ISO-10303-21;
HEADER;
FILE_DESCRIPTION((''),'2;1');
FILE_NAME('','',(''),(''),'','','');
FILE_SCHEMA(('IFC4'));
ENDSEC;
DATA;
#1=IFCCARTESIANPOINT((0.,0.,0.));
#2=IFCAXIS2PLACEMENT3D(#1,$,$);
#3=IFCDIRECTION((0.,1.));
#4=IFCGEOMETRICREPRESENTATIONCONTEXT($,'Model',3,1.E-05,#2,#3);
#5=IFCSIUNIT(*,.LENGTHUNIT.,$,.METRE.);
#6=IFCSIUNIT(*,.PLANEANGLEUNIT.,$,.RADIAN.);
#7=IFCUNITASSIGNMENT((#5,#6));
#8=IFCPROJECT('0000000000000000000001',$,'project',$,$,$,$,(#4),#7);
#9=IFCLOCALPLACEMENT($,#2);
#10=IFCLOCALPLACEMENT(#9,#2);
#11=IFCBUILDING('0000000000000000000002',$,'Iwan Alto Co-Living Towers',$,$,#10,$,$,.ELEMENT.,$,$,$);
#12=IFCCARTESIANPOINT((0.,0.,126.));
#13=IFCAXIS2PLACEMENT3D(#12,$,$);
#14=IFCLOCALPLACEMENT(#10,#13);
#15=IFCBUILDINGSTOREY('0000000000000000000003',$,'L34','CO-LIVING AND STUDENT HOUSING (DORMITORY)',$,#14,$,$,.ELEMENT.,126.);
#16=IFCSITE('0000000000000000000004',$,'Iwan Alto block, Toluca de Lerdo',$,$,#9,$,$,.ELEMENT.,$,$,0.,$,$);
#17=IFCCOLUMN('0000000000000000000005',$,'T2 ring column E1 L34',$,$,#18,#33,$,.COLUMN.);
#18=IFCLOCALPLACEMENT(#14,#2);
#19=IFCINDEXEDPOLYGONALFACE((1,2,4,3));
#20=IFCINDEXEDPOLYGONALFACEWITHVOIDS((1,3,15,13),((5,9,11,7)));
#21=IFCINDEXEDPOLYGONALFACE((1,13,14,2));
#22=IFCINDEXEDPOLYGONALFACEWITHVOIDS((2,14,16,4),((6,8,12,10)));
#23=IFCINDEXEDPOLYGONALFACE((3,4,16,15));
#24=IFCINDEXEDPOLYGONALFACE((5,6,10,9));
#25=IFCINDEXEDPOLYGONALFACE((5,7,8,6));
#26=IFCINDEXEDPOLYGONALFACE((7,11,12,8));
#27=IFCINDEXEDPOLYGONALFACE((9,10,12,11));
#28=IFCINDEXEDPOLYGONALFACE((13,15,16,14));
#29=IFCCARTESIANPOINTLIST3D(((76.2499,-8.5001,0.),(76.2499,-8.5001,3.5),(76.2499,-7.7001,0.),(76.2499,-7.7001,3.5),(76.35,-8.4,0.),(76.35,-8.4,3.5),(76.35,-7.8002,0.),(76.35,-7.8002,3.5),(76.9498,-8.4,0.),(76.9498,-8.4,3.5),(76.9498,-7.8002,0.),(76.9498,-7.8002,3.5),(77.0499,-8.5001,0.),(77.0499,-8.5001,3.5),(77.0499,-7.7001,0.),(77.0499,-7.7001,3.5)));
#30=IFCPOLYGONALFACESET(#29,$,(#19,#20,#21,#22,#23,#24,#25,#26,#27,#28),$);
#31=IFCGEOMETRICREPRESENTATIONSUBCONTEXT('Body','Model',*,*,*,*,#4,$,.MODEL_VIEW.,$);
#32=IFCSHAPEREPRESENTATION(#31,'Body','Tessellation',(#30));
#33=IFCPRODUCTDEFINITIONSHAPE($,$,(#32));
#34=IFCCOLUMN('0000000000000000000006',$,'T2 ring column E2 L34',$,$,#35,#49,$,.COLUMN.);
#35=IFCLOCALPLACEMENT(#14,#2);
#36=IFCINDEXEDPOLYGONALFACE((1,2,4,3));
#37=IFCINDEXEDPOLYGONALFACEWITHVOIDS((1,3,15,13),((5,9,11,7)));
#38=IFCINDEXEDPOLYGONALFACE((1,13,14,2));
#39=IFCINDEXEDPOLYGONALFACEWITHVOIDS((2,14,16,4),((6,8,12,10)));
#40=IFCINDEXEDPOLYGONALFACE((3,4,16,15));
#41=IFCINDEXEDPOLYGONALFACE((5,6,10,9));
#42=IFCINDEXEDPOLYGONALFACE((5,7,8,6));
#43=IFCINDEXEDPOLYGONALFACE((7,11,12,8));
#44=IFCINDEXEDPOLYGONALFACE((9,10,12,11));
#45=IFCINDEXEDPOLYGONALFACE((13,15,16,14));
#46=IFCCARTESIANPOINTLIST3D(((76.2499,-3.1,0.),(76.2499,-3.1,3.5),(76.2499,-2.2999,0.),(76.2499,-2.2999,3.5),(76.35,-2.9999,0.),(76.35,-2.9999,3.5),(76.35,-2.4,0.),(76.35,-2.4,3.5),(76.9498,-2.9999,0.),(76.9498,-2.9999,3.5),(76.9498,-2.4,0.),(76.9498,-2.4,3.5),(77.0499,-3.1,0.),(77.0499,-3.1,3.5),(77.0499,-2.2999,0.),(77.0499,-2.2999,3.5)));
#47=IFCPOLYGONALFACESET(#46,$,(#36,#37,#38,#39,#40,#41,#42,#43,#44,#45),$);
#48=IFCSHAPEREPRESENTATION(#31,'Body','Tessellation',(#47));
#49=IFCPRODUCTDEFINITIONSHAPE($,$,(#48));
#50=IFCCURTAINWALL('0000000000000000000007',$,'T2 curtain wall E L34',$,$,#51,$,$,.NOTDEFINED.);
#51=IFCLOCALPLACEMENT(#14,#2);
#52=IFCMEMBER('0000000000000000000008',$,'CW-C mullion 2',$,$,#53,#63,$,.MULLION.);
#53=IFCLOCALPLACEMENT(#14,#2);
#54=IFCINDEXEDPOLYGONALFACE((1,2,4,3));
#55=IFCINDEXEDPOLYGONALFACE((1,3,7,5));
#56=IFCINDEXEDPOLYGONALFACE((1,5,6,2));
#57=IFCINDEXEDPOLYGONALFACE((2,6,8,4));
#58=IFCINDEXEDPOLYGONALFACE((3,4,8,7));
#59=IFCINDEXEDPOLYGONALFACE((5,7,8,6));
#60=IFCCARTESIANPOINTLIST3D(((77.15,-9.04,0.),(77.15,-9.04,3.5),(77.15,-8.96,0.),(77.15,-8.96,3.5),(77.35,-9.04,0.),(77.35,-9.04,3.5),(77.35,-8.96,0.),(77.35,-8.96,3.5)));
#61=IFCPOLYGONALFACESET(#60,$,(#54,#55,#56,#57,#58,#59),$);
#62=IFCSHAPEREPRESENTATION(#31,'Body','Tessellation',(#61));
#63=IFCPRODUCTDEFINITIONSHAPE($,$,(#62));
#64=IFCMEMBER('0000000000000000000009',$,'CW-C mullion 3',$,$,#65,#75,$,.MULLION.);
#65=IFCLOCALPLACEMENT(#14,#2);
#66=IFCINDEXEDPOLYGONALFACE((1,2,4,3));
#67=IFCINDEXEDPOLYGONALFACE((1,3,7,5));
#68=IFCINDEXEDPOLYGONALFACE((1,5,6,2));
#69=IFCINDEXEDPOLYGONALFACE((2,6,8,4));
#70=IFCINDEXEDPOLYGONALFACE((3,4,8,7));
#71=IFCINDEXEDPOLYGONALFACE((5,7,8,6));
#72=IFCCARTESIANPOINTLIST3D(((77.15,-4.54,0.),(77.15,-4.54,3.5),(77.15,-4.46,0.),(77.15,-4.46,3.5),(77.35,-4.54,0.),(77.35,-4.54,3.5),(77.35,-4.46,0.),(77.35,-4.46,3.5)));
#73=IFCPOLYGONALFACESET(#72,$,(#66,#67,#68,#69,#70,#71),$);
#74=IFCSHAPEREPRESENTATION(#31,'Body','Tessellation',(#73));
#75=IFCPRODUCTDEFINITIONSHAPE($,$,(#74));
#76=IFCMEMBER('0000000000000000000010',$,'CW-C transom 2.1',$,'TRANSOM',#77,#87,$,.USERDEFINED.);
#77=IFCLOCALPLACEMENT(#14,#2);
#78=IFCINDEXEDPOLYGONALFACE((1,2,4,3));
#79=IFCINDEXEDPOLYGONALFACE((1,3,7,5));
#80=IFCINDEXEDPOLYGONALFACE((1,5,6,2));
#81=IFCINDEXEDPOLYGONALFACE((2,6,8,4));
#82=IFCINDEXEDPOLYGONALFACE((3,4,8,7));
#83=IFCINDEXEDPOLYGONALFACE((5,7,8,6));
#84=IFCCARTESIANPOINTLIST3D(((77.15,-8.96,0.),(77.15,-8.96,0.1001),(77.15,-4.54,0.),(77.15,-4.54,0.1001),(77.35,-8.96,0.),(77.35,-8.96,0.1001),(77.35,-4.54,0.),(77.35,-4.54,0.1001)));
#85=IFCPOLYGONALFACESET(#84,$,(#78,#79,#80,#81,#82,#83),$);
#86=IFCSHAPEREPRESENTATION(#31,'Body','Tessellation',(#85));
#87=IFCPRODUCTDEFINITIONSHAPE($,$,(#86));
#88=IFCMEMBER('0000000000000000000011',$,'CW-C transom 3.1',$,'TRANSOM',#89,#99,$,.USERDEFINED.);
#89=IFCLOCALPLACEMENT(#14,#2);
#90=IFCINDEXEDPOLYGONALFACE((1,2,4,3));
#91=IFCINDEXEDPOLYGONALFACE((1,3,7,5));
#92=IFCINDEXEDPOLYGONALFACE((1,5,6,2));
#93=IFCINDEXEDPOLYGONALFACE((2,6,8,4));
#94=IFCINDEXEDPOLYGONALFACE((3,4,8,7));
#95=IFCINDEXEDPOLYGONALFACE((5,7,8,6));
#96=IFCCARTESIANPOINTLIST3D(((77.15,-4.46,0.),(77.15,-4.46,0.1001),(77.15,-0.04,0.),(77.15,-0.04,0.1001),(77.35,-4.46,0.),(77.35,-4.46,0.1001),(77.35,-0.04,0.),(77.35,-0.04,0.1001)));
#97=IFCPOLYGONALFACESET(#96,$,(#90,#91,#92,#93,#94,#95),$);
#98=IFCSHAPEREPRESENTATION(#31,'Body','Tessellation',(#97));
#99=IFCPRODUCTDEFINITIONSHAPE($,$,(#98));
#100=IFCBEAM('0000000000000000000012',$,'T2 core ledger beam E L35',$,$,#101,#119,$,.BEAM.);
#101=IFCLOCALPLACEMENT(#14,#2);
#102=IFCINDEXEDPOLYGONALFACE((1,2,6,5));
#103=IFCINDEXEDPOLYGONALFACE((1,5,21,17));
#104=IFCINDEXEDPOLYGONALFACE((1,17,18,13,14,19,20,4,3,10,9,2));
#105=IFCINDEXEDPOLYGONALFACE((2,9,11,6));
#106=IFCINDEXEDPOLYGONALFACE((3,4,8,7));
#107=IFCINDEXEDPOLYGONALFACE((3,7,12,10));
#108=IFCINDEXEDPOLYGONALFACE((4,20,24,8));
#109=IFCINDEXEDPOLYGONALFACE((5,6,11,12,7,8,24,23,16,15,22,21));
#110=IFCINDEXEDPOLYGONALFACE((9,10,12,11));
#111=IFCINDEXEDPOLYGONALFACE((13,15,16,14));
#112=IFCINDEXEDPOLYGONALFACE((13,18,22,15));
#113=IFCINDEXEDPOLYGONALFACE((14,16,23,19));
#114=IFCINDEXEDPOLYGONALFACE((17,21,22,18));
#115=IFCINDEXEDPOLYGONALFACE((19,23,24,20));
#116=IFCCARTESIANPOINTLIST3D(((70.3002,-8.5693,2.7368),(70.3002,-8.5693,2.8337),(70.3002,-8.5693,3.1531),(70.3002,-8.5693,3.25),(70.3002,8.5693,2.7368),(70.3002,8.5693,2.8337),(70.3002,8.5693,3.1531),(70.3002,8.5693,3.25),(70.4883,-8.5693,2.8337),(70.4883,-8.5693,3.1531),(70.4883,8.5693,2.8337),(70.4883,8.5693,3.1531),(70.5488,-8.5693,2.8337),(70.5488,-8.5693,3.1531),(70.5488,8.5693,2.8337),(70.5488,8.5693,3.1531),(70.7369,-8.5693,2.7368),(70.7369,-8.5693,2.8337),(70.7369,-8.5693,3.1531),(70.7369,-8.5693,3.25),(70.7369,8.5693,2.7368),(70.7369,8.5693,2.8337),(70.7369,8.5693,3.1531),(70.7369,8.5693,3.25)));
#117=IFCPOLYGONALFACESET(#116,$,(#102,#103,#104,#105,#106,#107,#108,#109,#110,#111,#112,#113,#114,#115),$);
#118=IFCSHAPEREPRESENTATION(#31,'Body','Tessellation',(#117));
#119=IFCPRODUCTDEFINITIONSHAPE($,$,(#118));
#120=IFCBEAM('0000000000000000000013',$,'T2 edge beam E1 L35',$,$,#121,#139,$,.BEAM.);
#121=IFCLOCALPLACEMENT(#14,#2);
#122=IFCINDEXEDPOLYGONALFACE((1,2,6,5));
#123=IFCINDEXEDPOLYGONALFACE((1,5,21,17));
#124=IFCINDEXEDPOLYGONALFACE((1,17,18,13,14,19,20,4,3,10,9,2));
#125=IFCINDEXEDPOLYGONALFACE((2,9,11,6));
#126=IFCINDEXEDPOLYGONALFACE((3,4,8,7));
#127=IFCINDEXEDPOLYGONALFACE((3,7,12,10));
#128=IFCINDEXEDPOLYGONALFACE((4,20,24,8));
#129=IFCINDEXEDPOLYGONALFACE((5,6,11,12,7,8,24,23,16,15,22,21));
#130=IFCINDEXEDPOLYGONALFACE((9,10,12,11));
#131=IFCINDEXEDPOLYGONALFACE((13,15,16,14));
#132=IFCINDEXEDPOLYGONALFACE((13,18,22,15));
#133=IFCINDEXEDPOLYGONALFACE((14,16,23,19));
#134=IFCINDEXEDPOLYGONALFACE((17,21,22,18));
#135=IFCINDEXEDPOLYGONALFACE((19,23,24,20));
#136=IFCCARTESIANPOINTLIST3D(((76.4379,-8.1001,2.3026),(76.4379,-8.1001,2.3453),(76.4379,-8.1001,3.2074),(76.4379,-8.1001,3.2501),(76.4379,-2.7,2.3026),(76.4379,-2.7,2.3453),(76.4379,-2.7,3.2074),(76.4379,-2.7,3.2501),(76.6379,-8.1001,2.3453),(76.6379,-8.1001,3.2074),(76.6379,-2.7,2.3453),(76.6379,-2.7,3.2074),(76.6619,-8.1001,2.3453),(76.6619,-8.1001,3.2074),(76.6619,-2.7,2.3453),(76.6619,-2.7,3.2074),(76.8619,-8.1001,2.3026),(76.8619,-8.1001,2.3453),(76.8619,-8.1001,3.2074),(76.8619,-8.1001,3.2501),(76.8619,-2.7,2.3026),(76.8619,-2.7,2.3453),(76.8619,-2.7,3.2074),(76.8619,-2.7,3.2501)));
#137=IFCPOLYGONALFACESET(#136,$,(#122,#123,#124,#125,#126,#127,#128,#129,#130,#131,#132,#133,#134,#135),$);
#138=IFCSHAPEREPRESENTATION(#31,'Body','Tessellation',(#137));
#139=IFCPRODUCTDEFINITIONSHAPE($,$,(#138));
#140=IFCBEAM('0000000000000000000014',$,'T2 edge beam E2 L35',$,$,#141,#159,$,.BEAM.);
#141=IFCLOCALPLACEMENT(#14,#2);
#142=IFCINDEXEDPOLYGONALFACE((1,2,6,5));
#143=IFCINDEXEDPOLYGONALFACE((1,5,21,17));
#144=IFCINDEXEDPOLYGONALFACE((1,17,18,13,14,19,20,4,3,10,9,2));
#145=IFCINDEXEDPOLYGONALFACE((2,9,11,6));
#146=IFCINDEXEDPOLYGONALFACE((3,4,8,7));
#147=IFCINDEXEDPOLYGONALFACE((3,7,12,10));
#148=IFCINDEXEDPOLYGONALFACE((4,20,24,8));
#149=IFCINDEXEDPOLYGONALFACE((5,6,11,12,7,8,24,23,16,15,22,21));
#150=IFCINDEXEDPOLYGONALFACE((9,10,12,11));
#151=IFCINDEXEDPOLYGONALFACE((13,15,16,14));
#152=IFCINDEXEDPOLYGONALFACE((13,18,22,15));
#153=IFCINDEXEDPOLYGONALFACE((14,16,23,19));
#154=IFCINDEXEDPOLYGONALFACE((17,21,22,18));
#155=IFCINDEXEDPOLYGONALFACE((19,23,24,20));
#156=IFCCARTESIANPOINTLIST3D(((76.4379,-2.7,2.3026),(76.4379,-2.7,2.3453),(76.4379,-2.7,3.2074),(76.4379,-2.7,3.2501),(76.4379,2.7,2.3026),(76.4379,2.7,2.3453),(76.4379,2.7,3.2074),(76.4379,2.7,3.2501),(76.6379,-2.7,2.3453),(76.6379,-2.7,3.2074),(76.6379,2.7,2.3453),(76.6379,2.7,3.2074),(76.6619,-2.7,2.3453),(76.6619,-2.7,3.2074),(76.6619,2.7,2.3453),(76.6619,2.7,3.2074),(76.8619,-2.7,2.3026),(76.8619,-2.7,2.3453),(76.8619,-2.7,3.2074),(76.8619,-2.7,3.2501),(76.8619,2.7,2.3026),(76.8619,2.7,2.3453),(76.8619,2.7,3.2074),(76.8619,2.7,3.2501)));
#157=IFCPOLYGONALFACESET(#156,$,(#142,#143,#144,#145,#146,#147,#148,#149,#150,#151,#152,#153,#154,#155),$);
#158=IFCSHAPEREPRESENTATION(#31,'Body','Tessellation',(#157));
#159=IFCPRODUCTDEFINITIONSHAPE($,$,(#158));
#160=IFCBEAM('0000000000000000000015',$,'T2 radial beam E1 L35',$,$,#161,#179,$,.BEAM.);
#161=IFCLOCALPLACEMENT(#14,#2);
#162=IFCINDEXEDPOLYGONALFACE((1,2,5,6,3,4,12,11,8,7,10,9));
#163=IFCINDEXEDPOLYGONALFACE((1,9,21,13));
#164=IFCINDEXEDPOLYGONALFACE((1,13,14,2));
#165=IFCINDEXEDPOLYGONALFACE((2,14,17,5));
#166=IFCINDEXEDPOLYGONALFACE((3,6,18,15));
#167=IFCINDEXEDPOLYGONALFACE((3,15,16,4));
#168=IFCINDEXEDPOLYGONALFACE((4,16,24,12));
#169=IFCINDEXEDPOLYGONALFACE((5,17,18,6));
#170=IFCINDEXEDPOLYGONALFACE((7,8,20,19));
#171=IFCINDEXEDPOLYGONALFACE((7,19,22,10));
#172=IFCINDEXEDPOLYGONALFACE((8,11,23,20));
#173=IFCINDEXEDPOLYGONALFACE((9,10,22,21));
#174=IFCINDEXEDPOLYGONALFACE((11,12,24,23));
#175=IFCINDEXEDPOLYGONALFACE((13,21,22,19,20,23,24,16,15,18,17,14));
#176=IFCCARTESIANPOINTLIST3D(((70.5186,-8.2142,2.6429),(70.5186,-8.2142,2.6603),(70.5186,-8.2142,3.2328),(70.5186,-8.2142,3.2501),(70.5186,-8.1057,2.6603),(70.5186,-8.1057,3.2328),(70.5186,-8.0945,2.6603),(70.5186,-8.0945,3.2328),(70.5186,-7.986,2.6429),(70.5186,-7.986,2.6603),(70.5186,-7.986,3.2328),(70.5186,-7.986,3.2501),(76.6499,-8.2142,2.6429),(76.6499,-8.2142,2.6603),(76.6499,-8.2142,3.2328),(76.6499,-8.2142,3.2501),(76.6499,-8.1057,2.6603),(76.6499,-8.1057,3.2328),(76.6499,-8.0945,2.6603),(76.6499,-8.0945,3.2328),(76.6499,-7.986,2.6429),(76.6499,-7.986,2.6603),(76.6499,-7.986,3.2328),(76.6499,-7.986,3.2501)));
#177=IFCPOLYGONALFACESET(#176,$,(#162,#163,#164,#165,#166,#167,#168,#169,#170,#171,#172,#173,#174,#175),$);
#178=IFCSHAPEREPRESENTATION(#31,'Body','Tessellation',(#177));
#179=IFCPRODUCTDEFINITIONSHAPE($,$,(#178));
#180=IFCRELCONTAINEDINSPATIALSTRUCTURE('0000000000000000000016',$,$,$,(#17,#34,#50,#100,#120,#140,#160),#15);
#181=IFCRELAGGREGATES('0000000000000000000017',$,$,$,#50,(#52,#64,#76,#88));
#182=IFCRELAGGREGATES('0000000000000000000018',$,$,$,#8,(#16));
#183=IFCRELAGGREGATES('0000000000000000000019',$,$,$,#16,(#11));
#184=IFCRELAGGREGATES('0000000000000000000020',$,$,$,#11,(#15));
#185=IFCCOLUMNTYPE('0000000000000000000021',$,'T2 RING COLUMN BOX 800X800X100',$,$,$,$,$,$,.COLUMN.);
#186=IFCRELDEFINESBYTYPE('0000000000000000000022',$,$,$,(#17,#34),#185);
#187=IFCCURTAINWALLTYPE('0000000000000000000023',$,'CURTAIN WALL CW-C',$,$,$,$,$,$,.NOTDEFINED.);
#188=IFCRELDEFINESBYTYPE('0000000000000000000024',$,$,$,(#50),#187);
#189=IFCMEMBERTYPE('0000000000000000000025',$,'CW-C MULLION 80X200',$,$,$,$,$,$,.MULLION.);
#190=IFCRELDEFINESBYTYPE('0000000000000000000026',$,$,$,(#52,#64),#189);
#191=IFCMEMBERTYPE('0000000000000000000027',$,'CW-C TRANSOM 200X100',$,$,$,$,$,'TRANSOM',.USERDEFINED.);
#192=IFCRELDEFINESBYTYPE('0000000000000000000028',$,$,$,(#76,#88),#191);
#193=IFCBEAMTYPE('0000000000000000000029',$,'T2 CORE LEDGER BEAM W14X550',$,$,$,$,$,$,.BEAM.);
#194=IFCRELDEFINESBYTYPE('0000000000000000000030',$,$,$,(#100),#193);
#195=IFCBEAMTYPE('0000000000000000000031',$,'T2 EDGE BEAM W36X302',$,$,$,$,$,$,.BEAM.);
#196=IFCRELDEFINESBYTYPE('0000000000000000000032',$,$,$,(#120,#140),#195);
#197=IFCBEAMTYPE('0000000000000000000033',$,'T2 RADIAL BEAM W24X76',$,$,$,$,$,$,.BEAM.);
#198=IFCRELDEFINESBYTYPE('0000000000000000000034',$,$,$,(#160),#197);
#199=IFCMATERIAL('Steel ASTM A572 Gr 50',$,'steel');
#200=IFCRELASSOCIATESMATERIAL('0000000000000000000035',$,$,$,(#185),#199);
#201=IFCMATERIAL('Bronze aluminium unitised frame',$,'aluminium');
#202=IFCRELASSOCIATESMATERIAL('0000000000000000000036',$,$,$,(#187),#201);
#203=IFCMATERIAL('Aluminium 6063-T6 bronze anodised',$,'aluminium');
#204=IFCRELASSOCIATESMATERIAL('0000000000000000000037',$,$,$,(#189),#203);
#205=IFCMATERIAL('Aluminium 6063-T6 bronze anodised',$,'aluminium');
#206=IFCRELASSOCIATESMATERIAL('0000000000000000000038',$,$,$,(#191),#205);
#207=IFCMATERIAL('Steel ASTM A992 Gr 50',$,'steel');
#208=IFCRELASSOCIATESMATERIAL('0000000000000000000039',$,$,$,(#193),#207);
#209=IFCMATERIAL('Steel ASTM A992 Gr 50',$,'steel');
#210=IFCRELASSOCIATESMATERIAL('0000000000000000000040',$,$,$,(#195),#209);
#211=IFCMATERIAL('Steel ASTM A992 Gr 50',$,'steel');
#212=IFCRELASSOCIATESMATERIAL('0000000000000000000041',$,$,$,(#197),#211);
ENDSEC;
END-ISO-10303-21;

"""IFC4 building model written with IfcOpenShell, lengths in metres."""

from ifc_helpers import new_model, si_unit, direction, frame, origin, origin_2d, place, context, subcontext, project, spatial, rectangle, hollow_rectangle, i_section, extrude, material, material_profile, profile_set, type_object, element, aggregate, save


model = new_model("IFC4")

# Units and contexts
model_context = context("Model", 3, precision=1e-05, world=origin(), true_north=direction((0.0, 1.0)))
body_context = subcontext(model_context, "Body", "Model", "MODEL_VIEW")
ifc_project = project(units=[si_unit("LENGTHUNIT", "METRE"), si_unit("PLANEANGLEUNIT", "RADIAN")], contexts=[model_context])

# Site, building, storey
site_placement = place(None, origin())
site = spatial("IfcSite", under=ifc_project, at=site_placement, Name="Iwan Alto block, Toluca de Lerdo", CompositionType="ELEMENT", RefElevation=0.0)
building_placement = place(site_placement, origin())
building = spatial("IfcBuilding", under=site, at=building_placement, Name="Iwan Alto Co-Living Towers", CompositionType="ELEMENT")
storey_placement = place(building_placement, frame((0.0, 0.0, 126.0)))
storey = spatial("IfcBuildingStorey", under=building, at=storey_placement, Name="L34", Description="CO-LIVING AND STUDENT HOUSING (DORMITORY)", CompositionType="ELEMENT", Elevation=126.0)

# Columns
ifc_material_1 = material(Name="Steel ASTM A572 Gr 50", Category="steel")
ifc_material_profile_1 = material_profile(ifc_material_1, hollow_rectangle(XDim=0.8, YDim=0.8, WallThickness=0.1001, at=origin_2d()), Name="BOX 800X800X100")
ifc_profile_set_1 = profile_set([ifc_material_profile_1], Name="Steel ASTM A572 Gr 50")
column_type = type_object("IfcColumnType", Name="T2 RING COLUMN BOX 800X800X100", PredefinedType="COLUMN", material=ifc_profile_set_1)
for number, where, z_axis, x_axis, name in (
    (1, (76.6499, -8.1001, 0.0), (0.0, 0.0, 1.0), (1.0, 0.0, 0.0), "T2 ring column E1 L34"),
    (2, (76.6499, -2.7, 0.0), (0.0, 0.0, 1.0), (1.0, 0.0, 0.0), "T2 ring column E2 L34"),
):
    element("IfcColumn", number, at=place(storey_placement, frame(where, z_axis=z_axis, x_axis=x_axis)), inside=storey, type_object=column_type, Name=name, PredefinedType="COLUMN", context=body_context, shape_type="SweptSolid", body=[
        extrude(hollow_rectangle(XDim=0.8, YDim=0.8, WallThickness=0.1001, at=origin_2d()), origin(), (0.0, 0.0, 1.0), 3.5),
    ])

# Curtain wall, members
ifc_material_2 = material(Name="Bronze aluminium unitised frame", Category="aluminium")
curtain_wall_type = type_object("IfcCurtainWallType", Name="CURTAIN WALL CW-C", PredefinedType="NOTDEFINED", material=ifc_material_2)
curtain_wall_placement = place(storey_placement, origin())
curtain_wall = element("IfcCurtainWall", 3, at=curtain_wall_placement, inside=storey, type_object=curtain_wall_type, Name="T2 curtain wall E L34", PredefinedType="NOTDEFINED")
ifc_material_3 = material(Name="Aluminium 6063-T6 bronze anodised", Category="aluminium")
ifc_material_profile_2 = material_profile(ifc_material_3, rectangle(XDim=0.2, YDim=0.0801, at=origin_2d()), Name="AL 80X200")
ifc_profile_set_2 = profile_set([ifc_material_profile_2], Name="Aluminium 6063-T6 bronze anodised")
member_type_1 = type_object("IfcMemberType", Name="CW-C MULLION 80X200", PredefinedType="MULLION", material=ifc_profile_set_2)
member_1_placement = place(storey_placement, frame((77.25, -9.0, 0.0), z_axis=(0.0, 0.0, 1.0), x_axis=(-1.0, 0.0, 0.0)))
member_1 = element("IfcMember", 4, at=member_1_placement, type_object=member_type_1, Name="CW-C mullion 2", PredefinedType="MULLION", context=body_context, shape_type="SweptSolid", body=[
    extrude(rectangle(XDim=0.2, YDim=0.0801, at=origin_2d()), origin(), (0.0, 0.0, 1.0), 3.5),
])
member_2_placement = place(storey_placement, frame((77.25, -4.5, 0.0), z_axis=(0.0, 0.0, 1.0), x_axis=(-1.0, 0.0, 0.0)))
member_2 = element("IfcMember", 5, at=member_2_placement, type_object=member_type_1, Name="CW-C mullion 3", PredefinedType="MULLION", context=body_context, shape_type="SweptSolid", body=[
    extrude(rectangle(XDim=0.2, YDim=0.0801, at=origin_2d()), origin(), (0.0, 0.0, 1.0), 3.5),
])
ifc_material_4 = material(Name="Aluminium 6063-T6 bronze anodised", Category="aluminium")
ifc_material_profile_3 = material_profile(ifc_material_4, rectangle(XDim=0.2, YDim=0.1001, at=origin_2d()), Name="AL 200X100")
ifc_profile_set_3 = profile_set([ifc_material_profile_3], Name="Aluminium 6063-T6 bronze anodised")
member_type_2 = type_object("IfcMemberType", Name="CW-C TRANSOM 200X100", ElementType="TRANSOM", PredefinedType="USERDEFINED", material=ifc_profile_set_3)
member_3_placement = place(storey_placement, frame((77.25, -8.96, 0.05), z_axis=(0.0, 1.0, 0.0), x_axis=(-1.0, 0.0, 0.0)))
member_3 = element("IfcMember", 6, at=member_3_placement, type_object=member_type_2, Name="CW-C transom 2.1", ObjectType="TRANSOM", PredefinedType="USERDEFINED", context=body_context, shape_type="SweptSolid", body=[
    extrude(rectangle(XDim=0.2, YDim=0.1001, at=origin_2d()), origin(), (0.0, 0.0, 1.0), 4.4199),
])
member_4_placement = place(storey_placement, frame((77.25, -4.46, 0.05), z_axis=(0.0, 1.0, 0.0), x_axis=(-1.0, 0.0, 0.0)))
member_4 = element("IfcMember", 7, at=member_4_placement, type_object=member_type_2, Name="CW-C transom 3.1", ObjectType="TRANSOM", PredefinedType="USERDEFINED", context=body_context, shape_type="SweptSolid", body=[
    extrude(rectangle(XDim=0.2, YDim=0.1001, at=origin_2d()), origin(), (0.0, 0.0, 1.0), 4.4199),
])

# Beams
ifc_material_5 = material(Name="Steel ASTM A992 Gr 50", Category="steel")
ifc_material_profile_4 = material_profile(ifc_material_5, i_section(OverallWidth=0.4368, OverallDepth=0.5132, WebThickness=0.0605, FlangeThickness=0.0969, at=origin_2d()), Name="W14X550")
ifc_profile_set_4 = profile_set([ifc_material_profile_4], Name="Steel ASTM A992 Gr 50")
beam_type_1 = type_object("IfcBeamType", Name="T2 CORE LEDGER BEAM W14X550", PredefinedType="BEAM", material=ifc_profile_set_4)
beam_1_placement = place(storey_placement, frame((70.5186, -8.5693, 2.9934), z_axis=(0.0, 1.0, 0.0), x_axis=(-1.0, 0.0, 0.0)))
element("IfcBeam", 8, at=beam_1_placement, inside=storey, type_object=beam_type_1, Name="T2 core ledger beam E L35", PredefinedType="BEAM", context=body_context, shape_type="SweptSolid", body=[
    extrude(i_section(OverallWidth=0.4368, OverallDepth=0.5132, WebThickness=0.0605, FlangeThickness=0.0969, at=origin_2d()), origin(), (0.0, 0.0, 1.0), 17.1387),
])
ifc_material_6 = material(Name="Steel ASTM A992 Gr 50", Category="steel")
ifc_material_profile_5 = material_profile(ifc_material_6, i_section(OverallWidth=0.4241, OverallDepth=0.9475, WebThickness=0.0239, FlangeThickness=0.0427, at=origin_2d()), Name="W36X302")
ifc_profile_set_5 = profile_set([ifc_material_profile_5], Name="Steel ASTM A992 Gr 50")
beam_type_2 = type_object("IfcBeamType", Name="T2 EDGE BEAM W36X302", PredefinedType="BEAM", material=ifc_profile_set_5)
beam_2_placement = place(storey_placement, frame((76.6499, -8.1001, 2.7764), z_axis=(0.0, 1.0, 0.0), x_axis=(-1.0, 0.0, 0.0)))
element("IfcBeam", 9, at=beam_2_placement, inside=storey, type_object=beam_type_2, Name="T2 edge beam E1 L35", PredefinedType="BEAM", context=body_context, shape_type="SweptSolid", body=[
    extrude(i_section(OverallWidth=0.4241, OverallDepth=0.9475, WebThickness=0.0239, FlangeThickness=0.0427, at=origin_2d()), origin(), (0.0, 0.0, 1.0), 5.4001),
])
beam_3_placement = place(storey_placement, frame((76.6499, -2.7, 2.7764), z_axis=(0.0, 1.0, 0.0), x_axis=(-1.0, 0.0, 0.0)))
element("IfcBeam", 10, at=beam_3_placement, inside=storey, type_object=beam_type_2, Name="T2 edge beam E2 L35", PredefinedType="BEAM", context=body_context, shape_type="SweptSolid", body=[
    extrude(i_section(OverallWidth=0.4241, OverallDepth=0.9475, WebThickness=0.0239, FlangeThickness=0.0427, at=origin_2d()), origin(), (0.0, 0.0, 1.0), 5.3999),
])
ifc_material_7 = material(Name="Steel ASTM A992 Gr 50", Category="steel")
ifc_material_profile_6 = material_profile(ifc_material_7, i_section(OverallWidth=0.2283, OverallDepth=0.6072, WebThickness=0.0112, FlangeThickness=0.0173, at=origin_2d()), Name="W24X76")
ifc_profile_set_6 = profile_set([ifc_material_profile_6], Name="Steel ASTM A992 Gr 50")
beam_type_3 = type_object("IfcBeamType", Name="T2 RADIAL BEAM W24X76", PredefinedType="BEAM", material=ifc_profile_set_6)
for number, where, z_axis, x_axis, name in (
    (11, (76.6499, -8.1001, 2.9465), (-1.0, 0.0, 0.0), (0.0, -1.0, 0.0), "T2 radial beam E1 L35"),
):
    element("IfcBeam", number, at=place(storey_placement, frame(where, z_axis=z_axis, x_axis=x_axis)), inside=storey, type_object=beam_type_3, Name=name, PredefinedType="BEAM", context=body_context, shape_type="SweptSolid", body=[
        extrude(i_section(OverallWidth=0.2283, OverallDepth=0.6072, WebThickness=0.0112, FlangeThickness=0.0173, at=origin_2d()), origin(), (0.0, 0.0, 1.0), 6.1313),
    ])

aggregate(curtain_wall, [member_1, member_2, member_3, member_4])

save(model, "model.ifc")
